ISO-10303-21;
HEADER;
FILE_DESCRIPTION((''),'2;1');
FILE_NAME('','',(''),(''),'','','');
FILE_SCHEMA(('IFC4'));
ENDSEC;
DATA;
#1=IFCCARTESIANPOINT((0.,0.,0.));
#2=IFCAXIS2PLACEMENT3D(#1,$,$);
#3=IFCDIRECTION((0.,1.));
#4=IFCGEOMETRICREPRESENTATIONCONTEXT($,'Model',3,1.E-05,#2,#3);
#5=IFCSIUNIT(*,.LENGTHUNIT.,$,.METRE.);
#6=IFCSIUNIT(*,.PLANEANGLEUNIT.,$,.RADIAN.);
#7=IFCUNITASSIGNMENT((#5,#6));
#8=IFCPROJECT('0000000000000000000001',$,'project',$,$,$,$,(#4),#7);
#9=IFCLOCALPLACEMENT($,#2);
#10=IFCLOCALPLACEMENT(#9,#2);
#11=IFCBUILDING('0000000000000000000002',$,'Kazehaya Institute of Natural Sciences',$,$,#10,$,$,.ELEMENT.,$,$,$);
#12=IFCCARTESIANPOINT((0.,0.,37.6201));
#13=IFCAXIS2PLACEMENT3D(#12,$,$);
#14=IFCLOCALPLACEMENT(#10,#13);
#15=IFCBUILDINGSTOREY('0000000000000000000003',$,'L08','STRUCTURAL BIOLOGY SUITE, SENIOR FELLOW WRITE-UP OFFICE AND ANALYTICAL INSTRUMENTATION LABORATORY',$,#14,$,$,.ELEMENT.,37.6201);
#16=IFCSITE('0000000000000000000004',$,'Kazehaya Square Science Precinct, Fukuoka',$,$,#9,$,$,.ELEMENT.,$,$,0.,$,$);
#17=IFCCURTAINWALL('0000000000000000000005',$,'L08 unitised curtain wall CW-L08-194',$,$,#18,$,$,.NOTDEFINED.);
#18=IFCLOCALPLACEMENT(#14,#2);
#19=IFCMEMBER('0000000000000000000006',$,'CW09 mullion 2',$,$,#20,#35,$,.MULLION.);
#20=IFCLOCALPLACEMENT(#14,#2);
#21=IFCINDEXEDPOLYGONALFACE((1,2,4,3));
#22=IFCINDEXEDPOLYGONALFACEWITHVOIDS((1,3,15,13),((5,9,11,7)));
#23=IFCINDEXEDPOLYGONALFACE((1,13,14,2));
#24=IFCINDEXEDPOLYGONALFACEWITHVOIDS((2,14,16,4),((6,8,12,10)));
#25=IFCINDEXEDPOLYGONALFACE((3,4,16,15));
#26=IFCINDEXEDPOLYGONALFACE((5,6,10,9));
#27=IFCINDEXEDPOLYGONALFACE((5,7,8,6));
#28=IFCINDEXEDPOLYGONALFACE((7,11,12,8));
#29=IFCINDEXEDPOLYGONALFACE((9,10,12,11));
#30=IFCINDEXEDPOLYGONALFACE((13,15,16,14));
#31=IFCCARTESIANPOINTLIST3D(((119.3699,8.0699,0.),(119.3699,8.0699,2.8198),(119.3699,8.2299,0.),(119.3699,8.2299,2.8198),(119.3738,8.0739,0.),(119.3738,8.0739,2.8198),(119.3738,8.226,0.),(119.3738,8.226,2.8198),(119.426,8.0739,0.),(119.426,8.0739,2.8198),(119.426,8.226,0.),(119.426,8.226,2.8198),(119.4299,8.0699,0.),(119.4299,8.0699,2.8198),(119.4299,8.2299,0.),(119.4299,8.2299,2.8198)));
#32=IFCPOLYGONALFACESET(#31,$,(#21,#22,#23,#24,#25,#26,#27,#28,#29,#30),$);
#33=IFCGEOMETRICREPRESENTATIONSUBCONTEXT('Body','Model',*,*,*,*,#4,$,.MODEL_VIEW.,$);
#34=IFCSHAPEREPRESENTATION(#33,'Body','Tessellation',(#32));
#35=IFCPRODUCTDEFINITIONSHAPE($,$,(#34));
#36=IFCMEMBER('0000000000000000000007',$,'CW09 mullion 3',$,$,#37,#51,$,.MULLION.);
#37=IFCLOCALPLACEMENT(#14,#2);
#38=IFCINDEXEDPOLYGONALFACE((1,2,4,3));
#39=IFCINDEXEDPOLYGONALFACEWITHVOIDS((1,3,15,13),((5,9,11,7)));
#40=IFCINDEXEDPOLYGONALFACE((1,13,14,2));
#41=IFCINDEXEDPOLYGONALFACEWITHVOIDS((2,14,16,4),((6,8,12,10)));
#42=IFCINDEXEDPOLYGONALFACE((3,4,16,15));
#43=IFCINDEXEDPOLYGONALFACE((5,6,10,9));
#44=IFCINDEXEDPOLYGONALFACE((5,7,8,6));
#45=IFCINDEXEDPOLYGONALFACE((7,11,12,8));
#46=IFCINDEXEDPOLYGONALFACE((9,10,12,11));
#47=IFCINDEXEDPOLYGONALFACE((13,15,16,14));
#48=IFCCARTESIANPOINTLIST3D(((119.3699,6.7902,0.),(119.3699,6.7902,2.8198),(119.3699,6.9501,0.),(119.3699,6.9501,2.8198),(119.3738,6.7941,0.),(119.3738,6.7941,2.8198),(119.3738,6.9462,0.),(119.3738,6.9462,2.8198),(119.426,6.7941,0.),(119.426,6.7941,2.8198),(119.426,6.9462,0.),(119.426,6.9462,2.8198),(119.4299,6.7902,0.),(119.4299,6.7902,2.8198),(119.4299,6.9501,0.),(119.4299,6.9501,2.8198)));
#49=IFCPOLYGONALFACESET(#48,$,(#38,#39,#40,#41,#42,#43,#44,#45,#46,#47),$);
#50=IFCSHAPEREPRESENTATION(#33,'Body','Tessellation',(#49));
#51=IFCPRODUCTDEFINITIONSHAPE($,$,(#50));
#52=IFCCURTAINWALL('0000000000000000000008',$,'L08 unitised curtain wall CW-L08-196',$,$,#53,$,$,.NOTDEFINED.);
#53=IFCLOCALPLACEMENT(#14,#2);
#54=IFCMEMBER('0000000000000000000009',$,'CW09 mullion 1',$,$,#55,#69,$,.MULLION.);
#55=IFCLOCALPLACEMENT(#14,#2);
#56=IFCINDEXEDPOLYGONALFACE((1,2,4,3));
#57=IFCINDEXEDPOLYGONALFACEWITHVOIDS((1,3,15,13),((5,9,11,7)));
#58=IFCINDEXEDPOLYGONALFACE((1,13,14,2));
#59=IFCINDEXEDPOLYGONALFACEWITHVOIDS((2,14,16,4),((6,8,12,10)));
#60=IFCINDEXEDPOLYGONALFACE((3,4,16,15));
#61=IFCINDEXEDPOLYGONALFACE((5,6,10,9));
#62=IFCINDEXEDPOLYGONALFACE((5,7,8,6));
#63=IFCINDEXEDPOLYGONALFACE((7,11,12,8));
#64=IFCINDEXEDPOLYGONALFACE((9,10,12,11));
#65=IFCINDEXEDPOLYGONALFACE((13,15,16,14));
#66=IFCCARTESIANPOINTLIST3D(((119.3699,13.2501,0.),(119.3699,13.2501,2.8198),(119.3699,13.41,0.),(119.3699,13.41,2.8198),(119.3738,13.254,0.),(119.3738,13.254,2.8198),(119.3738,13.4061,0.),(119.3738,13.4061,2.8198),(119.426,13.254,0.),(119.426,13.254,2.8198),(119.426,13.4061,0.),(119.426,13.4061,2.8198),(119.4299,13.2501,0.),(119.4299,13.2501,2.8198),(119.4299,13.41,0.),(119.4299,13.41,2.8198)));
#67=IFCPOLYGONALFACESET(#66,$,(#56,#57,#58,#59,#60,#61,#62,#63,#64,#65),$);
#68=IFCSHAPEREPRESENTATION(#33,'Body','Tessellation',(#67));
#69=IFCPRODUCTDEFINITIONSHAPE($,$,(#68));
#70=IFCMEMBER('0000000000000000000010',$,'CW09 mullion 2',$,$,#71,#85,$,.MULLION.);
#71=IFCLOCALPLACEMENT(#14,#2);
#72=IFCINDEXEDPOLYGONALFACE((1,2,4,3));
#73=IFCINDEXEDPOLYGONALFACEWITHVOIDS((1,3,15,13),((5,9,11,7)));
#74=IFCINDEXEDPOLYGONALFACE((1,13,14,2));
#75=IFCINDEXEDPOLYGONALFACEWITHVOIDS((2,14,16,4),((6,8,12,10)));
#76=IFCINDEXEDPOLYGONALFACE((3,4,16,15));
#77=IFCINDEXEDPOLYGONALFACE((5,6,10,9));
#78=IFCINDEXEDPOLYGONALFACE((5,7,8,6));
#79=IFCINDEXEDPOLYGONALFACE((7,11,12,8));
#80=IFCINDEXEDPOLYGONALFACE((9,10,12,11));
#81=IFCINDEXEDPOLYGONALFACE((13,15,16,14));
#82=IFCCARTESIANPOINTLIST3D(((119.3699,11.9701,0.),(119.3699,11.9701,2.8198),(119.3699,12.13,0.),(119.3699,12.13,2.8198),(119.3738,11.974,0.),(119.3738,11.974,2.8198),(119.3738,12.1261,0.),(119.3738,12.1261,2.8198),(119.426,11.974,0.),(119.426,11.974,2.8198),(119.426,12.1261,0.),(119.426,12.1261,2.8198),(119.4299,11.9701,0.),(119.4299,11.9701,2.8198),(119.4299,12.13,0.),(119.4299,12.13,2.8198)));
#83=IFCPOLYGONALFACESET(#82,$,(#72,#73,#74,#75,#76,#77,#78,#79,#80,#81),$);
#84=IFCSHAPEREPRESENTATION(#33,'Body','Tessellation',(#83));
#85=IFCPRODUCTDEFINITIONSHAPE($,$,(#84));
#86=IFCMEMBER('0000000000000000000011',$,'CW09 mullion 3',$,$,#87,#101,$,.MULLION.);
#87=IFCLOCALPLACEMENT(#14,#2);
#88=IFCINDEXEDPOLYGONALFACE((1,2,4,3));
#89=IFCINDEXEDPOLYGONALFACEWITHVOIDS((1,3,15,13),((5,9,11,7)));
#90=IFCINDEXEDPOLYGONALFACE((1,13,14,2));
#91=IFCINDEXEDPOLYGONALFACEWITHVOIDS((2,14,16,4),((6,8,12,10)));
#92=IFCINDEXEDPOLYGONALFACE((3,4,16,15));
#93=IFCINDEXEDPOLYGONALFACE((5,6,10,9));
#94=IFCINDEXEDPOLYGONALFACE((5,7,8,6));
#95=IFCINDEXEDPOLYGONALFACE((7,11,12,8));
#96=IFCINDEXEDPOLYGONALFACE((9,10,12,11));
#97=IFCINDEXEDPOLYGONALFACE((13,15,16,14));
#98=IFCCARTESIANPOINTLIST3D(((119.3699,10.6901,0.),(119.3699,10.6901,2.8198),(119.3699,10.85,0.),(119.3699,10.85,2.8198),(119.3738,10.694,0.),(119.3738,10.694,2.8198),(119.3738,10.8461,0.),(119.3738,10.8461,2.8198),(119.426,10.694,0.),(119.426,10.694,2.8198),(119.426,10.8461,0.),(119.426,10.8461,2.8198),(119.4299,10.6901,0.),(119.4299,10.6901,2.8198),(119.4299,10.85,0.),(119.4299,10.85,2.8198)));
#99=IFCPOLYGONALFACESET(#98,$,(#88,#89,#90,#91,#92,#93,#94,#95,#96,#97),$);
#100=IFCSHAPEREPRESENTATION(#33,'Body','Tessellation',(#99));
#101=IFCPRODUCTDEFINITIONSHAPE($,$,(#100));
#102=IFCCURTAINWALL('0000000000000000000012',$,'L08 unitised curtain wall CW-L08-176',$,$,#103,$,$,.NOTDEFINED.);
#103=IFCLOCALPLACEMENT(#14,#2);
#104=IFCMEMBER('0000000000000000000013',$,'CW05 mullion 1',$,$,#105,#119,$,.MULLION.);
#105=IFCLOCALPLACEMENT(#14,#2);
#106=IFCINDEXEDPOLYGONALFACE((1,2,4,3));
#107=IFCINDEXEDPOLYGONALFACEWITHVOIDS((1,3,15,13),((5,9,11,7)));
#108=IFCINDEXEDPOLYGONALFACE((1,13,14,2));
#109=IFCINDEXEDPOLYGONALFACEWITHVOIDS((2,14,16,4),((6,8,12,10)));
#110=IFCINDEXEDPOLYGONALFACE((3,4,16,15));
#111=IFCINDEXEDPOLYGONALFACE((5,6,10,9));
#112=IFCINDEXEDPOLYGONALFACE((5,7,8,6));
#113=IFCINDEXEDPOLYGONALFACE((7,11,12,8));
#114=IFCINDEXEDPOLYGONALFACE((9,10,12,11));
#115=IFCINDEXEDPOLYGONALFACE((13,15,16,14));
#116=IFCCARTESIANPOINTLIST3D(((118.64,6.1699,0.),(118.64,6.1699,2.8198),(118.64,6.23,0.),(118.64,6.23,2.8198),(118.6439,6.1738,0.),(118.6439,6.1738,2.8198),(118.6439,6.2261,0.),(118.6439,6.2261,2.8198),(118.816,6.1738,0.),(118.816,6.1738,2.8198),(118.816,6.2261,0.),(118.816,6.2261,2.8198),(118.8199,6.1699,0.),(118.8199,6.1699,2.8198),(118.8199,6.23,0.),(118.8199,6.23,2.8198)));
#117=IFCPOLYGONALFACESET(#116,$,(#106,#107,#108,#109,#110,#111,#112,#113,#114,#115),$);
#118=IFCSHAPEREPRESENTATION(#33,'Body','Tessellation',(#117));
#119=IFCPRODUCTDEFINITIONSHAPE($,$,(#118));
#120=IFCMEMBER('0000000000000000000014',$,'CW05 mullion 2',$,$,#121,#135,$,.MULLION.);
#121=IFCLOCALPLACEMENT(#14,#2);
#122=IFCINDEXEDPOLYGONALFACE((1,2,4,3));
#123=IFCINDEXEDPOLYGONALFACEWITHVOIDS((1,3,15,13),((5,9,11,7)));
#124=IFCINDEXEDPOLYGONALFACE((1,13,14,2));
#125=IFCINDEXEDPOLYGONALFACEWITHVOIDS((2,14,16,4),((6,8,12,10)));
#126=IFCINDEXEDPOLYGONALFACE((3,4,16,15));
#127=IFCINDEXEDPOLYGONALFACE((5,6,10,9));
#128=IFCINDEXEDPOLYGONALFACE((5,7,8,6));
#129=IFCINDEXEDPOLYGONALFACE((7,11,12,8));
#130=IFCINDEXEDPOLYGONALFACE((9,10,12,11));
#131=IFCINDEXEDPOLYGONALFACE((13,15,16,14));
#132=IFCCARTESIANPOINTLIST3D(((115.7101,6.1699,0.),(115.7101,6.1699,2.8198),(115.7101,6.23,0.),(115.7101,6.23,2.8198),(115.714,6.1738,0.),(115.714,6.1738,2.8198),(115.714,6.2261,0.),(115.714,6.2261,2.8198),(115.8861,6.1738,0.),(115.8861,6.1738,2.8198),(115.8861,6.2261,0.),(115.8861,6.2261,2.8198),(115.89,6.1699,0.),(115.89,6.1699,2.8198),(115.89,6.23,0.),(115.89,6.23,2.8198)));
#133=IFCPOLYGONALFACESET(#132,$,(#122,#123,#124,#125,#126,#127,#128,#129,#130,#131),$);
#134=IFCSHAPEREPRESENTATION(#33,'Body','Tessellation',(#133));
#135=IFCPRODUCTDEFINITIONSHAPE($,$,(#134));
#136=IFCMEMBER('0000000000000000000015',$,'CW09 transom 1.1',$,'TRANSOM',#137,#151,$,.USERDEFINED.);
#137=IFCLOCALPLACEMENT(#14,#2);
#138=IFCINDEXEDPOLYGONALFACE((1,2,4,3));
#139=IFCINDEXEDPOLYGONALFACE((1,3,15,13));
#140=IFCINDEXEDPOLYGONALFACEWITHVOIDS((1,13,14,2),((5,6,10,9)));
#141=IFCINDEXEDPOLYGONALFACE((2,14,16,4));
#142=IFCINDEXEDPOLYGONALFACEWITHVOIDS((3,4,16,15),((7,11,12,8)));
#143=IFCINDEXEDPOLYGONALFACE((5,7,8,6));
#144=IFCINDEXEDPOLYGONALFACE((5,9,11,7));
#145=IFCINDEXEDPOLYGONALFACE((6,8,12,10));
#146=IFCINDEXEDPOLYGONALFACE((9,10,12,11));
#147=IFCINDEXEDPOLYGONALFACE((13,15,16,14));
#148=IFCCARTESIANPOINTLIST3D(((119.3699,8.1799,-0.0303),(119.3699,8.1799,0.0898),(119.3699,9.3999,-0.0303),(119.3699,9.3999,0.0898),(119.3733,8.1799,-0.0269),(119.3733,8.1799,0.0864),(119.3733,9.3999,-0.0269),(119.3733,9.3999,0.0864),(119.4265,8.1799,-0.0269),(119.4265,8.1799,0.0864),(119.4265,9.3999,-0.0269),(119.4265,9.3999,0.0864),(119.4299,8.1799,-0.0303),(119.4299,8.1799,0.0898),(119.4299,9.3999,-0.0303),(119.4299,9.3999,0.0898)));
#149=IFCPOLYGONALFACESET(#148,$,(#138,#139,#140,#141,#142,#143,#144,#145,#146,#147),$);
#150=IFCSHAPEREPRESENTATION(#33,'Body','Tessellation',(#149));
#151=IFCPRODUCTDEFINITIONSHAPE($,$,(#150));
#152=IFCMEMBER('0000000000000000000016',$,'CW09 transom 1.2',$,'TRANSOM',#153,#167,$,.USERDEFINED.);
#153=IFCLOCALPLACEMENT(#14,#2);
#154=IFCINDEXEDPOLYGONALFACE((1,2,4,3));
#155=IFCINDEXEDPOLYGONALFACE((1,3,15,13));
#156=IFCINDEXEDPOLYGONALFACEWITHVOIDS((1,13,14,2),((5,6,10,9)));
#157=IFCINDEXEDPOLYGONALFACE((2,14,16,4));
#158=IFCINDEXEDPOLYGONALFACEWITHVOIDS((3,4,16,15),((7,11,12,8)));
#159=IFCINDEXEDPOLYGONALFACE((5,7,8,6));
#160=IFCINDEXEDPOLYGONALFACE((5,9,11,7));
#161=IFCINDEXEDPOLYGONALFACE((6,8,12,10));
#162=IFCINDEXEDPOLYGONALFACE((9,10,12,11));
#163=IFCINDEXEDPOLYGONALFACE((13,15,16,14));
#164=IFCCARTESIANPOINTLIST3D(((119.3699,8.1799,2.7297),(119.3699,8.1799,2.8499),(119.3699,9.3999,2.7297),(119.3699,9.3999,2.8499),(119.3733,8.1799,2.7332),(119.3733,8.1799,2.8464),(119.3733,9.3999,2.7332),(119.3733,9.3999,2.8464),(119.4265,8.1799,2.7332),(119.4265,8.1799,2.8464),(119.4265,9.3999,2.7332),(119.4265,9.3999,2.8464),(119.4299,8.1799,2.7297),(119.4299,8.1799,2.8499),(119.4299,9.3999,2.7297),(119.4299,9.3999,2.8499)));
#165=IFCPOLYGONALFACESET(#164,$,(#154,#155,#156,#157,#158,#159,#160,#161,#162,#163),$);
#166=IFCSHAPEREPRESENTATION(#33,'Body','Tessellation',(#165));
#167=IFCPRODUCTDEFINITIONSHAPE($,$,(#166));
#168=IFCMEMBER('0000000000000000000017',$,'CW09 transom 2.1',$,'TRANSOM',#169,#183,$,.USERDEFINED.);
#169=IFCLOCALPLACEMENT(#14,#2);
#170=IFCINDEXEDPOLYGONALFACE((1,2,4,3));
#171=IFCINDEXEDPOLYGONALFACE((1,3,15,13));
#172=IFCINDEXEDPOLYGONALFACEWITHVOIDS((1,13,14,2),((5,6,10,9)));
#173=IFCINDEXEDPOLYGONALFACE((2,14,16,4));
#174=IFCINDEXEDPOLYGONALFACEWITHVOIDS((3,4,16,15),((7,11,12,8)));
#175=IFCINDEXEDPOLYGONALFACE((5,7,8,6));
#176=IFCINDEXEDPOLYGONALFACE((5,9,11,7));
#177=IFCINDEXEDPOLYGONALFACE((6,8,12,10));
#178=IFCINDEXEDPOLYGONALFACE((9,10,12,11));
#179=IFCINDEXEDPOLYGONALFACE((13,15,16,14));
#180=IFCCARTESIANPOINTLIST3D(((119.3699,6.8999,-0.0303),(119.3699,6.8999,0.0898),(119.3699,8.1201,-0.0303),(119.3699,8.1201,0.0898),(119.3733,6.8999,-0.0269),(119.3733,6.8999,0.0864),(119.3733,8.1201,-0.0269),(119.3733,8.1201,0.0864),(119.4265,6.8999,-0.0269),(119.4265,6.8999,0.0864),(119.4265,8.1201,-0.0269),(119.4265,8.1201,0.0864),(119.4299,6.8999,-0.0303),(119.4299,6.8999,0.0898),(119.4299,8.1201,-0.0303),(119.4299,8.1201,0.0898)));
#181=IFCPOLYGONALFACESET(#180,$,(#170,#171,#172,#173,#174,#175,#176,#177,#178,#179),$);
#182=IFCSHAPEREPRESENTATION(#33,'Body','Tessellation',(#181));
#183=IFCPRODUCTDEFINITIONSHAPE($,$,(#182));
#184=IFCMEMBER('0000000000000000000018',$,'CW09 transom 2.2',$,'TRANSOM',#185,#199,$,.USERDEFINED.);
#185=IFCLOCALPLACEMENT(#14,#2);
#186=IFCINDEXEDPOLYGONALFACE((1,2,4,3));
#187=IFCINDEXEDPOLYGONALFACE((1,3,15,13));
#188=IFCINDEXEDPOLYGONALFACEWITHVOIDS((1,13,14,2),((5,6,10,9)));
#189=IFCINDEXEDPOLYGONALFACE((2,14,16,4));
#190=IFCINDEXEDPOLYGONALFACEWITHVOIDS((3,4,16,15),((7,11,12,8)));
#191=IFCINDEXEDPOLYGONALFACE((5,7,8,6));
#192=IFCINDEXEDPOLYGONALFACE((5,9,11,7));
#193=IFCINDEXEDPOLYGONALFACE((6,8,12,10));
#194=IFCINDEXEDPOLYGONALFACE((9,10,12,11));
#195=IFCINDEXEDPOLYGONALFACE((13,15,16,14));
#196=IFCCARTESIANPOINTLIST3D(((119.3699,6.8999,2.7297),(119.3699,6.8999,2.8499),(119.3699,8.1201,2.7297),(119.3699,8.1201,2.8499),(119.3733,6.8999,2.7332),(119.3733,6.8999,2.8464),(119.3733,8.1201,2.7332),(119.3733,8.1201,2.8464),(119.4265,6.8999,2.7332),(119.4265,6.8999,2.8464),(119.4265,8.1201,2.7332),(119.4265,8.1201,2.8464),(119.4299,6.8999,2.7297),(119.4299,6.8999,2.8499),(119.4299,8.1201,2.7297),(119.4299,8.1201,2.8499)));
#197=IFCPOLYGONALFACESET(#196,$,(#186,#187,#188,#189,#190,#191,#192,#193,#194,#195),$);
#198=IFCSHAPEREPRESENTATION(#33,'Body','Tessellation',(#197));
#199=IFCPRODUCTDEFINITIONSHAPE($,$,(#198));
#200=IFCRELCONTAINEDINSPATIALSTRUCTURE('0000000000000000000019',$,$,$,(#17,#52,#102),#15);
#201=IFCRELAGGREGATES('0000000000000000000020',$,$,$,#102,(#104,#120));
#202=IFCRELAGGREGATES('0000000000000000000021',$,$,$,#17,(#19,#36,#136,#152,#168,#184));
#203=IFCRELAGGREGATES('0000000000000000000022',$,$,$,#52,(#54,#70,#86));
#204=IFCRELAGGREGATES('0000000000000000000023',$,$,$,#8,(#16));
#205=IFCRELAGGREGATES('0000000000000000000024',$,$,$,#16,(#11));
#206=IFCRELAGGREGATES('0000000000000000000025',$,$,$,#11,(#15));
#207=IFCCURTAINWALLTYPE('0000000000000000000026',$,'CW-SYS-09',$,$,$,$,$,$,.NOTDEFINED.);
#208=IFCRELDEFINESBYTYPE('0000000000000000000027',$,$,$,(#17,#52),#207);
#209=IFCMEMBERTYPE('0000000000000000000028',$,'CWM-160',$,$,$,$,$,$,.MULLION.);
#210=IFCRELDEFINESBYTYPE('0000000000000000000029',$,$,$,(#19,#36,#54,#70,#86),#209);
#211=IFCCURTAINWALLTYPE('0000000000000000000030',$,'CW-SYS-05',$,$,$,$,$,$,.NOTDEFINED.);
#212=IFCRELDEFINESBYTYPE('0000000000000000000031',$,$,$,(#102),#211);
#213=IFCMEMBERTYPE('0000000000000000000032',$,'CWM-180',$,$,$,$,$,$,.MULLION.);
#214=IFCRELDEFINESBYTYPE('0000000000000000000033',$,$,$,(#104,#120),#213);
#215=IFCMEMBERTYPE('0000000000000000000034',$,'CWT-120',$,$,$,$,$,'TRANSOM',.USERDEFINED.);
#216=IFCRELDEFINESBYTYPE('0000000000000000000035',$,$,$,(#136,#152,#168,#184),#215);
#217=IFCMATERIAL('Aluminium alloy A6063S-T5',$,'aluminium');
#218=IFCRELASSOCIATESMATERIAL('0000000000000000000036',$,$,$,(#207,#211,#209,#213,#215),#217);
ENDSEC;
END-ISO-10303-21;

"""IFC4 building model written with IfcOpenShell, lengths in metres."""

from ifc_helpers import new_model, si_unit, direction, frame, origin, origin_2d, place, context, subcontext, project, spatial, hollow_rectangle, extrude, material, material_profile, profile_set, type_object, element, aggregate, save


model = new_model("IFC4")

# Units and contexts
model_context = context("Model", 3, precision=1e-05, world=origin(), true_north=direction((0.0, 1.0)))
body_context = subcontext(model_context, "Body", "Model", "MODEL_VIEW")
ifc_project = project(units=[si_unit("LENGTHUNIT", "METRE"), si_unit("PLANEANGLEUNIT", "RADIAN")], contexts=[model_context])

# Site, building, storey
site_placement = place(None, origin())
site = spatial("IfcSite", under=ifc_project, at=site_placement, Name="Kazehaya Square Science Precinct, Fukuoka", CompositionType="ELEMENT", RefElevation=0.0)
building_placement = place(site_placement, origin())
building = spatial("IfcBuilding", under=site, at=building_placement, Name="Kazehaya Institute of Natural Sciences", CompositionType="ELEMENT")
storey_placement = place(building_placement, frame((0.0, 0.0, 37.6201)))
storey = spatial("IfcBuildingStorey", under=building, at=storey_placement, Name="L08", Description="STRUCTURAL BIOLOGY SUITE, SENIOR FELLOW WRITE-UP OFFICE AND ANALYTICAL INSTRUMENTATION LABORATORY", CompositionType="ELEMENT", Elevation=37.6201)

# Curtain walls, members
ifc_material_1 = material(Name="Aluminium alloy A6063S-T5", Category="aluminium")
curtain_wall_type_1 = type_object("IfcCurtainWallType", Name="CW-SYS-09", PredefinedType="NOTDEFINED", material=ifc_material_1)
curtain_wall_1_placement = place(storey_placement, origin())
curtain_wall_1 = element("IfcCurtainWall", 1, at=curtain_wall_1_placement, inside=storey, type_object=curtain_wall_type_1, Name="L08 unitised curtain wall CW-L08-194", PredefinedType="NOTDEFINED")
ifc_material_profile_1 = material_profile(ifc_material_1, hollow_rectangle(XDim=0.0601, YDim=0.1599, WallThickness=0.0039, at=origin_2d()), Name="ALU-60x160x4")
ifc_profile_set_1 = profile_set([ifc_material_profile_1], Name="Aluminium alloy A6063S-T5")
member_type_1 = type_object("IfcMemberType", Name="CWM-160", PredefinedType="MULLION", material=ifc_profile_set_1)
member_1_placement = place(storey_placement, frame((119.3999, 8.1499, 0.0), z_axis=(0.0, 0.0, 1.0), x_axis=(1.0, 0.0, 0.0)))
member_1 = element("IfcMember", 2, at=member_1_placement, type_object=member_type_1, Name="CW09 mullion 2", PredefinedType="MULLION", context=body_context, shape_type="SweptSolid", body=[
    extrude(hollow_rectangle(XDim=0.0601, YDim=0.1599, WallThickness=0.0039, at=origin_2d()), origin(), (0.0, 0.0, 1.0), 2.8198),
])
member_2_placement = place(storey_placement, frame((119.3999, 6.8701, 0.0), z_axis=(0.0, 0.0, 1.0), x_axis=(1.0, 0.0, 0.0)))
member_2 = element("IfcMember", 3, at=member_2_placement, type_object=member_type_1, Name="CW09 mullion 3", PredefinedType="MULLION", context=body_context, shape_type="SweptSolid", body=[
    extrude(hollow_rectangle(XDim=0.0601, YDim=0.1599, WallThickness=0.0039, at=origin_2d()), origin(), (0.0, 0.0, 1.0), 2.8198),
])
curtain_wall_2_placement = place(storey_placement, origin())
curtain_wall_2 = element("IfcCurtainWall", 4, at=curtain_wall_2_placement, inside=storey, type_object=curtain_wall_type_1, Name="L08 unitised curtain wall CW-L08-196", PredefinedType="NOTDEFINED")
member_3_placement = place(storey_placement, frame((119.3999, 13.3301, 0.0), z_axis=(0.0, 0.0, 1.0), x_axis=(1.0, 0.0, 0.0)))
member_3 = element("IfcMember", 5, at=member_3_placement, type_object=member_type_1, Name="CW09 mullion 1", PredefinedType="MULLION", context=body_context, shape_type="SweptSolid", body=[
    extrude(hollow_rectangle(XDim=0.0601, YDim=0.1599, WallThickness=0.0039, at=origin_2d()), origin(), (0.0, 0.0, 1.0), 2.8198),
])
member_4_placement = place(storey_placement, frame((119.3999, 12.05, 0.0), z_axis=(0.0, 0.0, 1.0), x_axis=(1.0, 0.0, 0.0)))
member_4 = element("IfcMember", 6, at=member_4_placement, type_object=member_type_1, Name="CW09 mullion 2", PredefinedType="MULLION", context=body_context, shape_type="SweptSolid", body=[
    extrude(hollow_rectangle(XDim=0.0601, YDim=0.1599, WallThickness=0.0039, at=origin_2d()), origin(), (0.0, 0.0, 1.0), 2.8198),
])
member_5_placement = place(storey_placement, frame((119.3999, 10.77, 0.0), z_axis=(0.0, 0.0, 1.0), x_axis=(1.0, 0.0, 0.0)))
member_5 = element("IfcMember", 7, at=member_5_placement, type_object=member_type_1, Name="CW09 mullion 3", PredefinedType="MULLION", context=body_context, shape_type="SweptSolid", body=[
    extrude(hollow_rectangle(XDim=0.0601, YDim=0.1599, WallThickness=0.0039, at=origin_2d()), origin(), (0.0, 0.0, 1.0), 2.8198),
])
curtain_wall_type_2 = type_object("IfcCurtainWallType", Name="CW-SYS-05", PredefinedType="NOTDEFINED", material=ifc_material_1)
curtain_wall_3_placement = place(storey_placement, origin())
curtain_wall_3 = element("IfcCurtainWall", 8, at=curtain_wall_3_placement, inside=storey, type_object=curtain_wall_type_2, Name="L08 unitised curtain wall CW-L08-176", PredefinedType="NOTDEFINED")
ifc_material_profile_2 = material_profile(ifc_material_1, hollow_rectangle(XDim=0.0601, YDim=0.1799, WallThickness=0.0039, at=origin_2d()), Name="ALU-60x180x4")
ifc_profile_set_2 = profile_set([ifc_material_profile_2], Name="Aluminium alloy A6063S-T5")
member_type_2 = type_object("IfcMemberType", Name="CWM-180", PredefinedType="MULLION", material=ifc_profile_set_2)
member_6_placement = place(storey_placement, frame((118.73, 6.2, 0.0), z_axis=(0.0, 0.0, 1.0), x_axis=(0.0, -1.0, 0.0)))
member_6 = element("IfcMember", 9, at=member_6_placement, type_object=member_type_2, Name="CW05 mullion 1", PredefinedType="MULLION", context=body_context, shape_type="SweptSolid", body=[
    extrude(hollow_rectangle(XDim=0.0601, YDim=0.1799, WallThickness=0.0039, at=origin_2d()), origin(), (0.0, 0.0, 1.0), 2.8198),
])
member_7_placement = place(storey_placement, frame((115.8, 6.2, 0.0), z_axis=(0.0, 0.0, 1.0), x_axis=(0.0, -1.0, 0.0)))
member_7 = element("IfcMember", 10, at=member_7_placement, type_object=member_type_2, Name="CW05 mullion 2", PredefinedType="MULLION", context=body_context, shape_type="SweptSolid", body=[
    extrude(hollow_rectangle(XDim=0.0601, YDim=0.1799, WallThickness=0.0039, at=origin_2d()), origin(), (0.0, 0.0, 1.0), 2.8198),
])

# Members
ifc_material_profile_3 = material_profile(ifc_material_1, hollow_rectangle(XDim=0.0601, YDim=0.1201, WallThickness=0.0034, at=origin_2d()), Name="ALU-60x120x3.5")
ifc_profile_set_3 = profile_set([ifc_material_profile_3], Name="Aluminium alloy A6063S-T5")
member_type_3 = type_object("IfcMemberType", Name="CWT-120", ElementType="TRANSOM", PredefinedType="USERDEFINED", material=ifc_profile_set_3)
member_8_placement = place(storey_placement, frame((119.3999, 9.3999, 0.0298), z_axis=(0.0, -1.0, 0.0), x_axis=(1.0, 0.0, 0.0)))
member_8 = element("IfcMember", 11, at=member_8_placement, type_object=member_type_3, Name="CW09 transom 1.1", ObjectType="TRANSOM", PredefinedType="USERDEFINED", context=body_context, shape_type="SweptSolid", body=[
    extrude(hollow_rectangle(XDim=0.0601, YDim=0.1201, WallThickness=0.0034, at=origin_2d()), origin(), (0.0, 0.0, 1.0), 1.22),
])
member_9_placement = place(storey_placement, frame((119.3999, 9.3999, 2.7898), z_axis=(0.0, -1.0, 0.0), x_axis=(1.0, 0.0, 0.0)))
member_9 = element("IfcMember", 12, at=member_9_placement, type_object=member_type_3, Name="CW09 transom 1.2", ObjectType="TRANSOM", PredefinedType="USERDEFINED", context=body_context, shape_type="SweptSolid", body=[
    extrude(hollow_rectangle(XDim=0.0601, YDim=0.1201, WallThickness=0.0034, at=origin_2d()), origin(), (0.0, 0.0, 1.0), 1.22),
])
member_10_placement = place(storey_placement, frame((119.3999, 8.1201, 0.0298), z_axis=(0.0, -1.0, 0.0), x_axis=(1.0, 0.0, 0.0)))
member_10 = element("IfcMember", 13, at=member_10_placement, type_object=member_type_3, Name="CW09 transom 2.1", ObjectType="TRANSOM", PredefinedType="USERDEFINED", context=body_context, shape_type="SweptSolid", body=[
    extrude(hollow_rectangle(XDim=0.0601, YDim=0.1201, WallThickness=0.0034, at=origin_2d()), origin(), (0.0, 0.0, 1.0), 1.2202),
])
member_11_placement = place(storey_placement, frame((119.3999, 8.1201, 2.7898), z_axis=(0.0, -1.0, 0.0), x_axis=(1.0, 0.0, 0.0)))
member_11 = element("IfcMember", 14, at=member_11_placement, type_object=member_type_3, Name="CW09 transom 2.2", ObjectType="TRANSOM", PredefinedType="USERDEFINED", context=body_context, shape_type="SweptSolid", body=[
    extrude(hollow_rectangle(XDim=0.0601, YDim=0.1201, WallThickness=0.0034, at=origin_2d()), origin(), (0.0, 0.0, 1.0), 1.2202),
])

aggregate(curtain_wall_3, [member_6, member_7])
aggregate(curtain_wall_1, [member_1, member_2, member_8, member_9, member_10, member_11])
aggregate(curtain_wall_2, [member_3, member_4, member_5])

save(model, "model.ifc")
